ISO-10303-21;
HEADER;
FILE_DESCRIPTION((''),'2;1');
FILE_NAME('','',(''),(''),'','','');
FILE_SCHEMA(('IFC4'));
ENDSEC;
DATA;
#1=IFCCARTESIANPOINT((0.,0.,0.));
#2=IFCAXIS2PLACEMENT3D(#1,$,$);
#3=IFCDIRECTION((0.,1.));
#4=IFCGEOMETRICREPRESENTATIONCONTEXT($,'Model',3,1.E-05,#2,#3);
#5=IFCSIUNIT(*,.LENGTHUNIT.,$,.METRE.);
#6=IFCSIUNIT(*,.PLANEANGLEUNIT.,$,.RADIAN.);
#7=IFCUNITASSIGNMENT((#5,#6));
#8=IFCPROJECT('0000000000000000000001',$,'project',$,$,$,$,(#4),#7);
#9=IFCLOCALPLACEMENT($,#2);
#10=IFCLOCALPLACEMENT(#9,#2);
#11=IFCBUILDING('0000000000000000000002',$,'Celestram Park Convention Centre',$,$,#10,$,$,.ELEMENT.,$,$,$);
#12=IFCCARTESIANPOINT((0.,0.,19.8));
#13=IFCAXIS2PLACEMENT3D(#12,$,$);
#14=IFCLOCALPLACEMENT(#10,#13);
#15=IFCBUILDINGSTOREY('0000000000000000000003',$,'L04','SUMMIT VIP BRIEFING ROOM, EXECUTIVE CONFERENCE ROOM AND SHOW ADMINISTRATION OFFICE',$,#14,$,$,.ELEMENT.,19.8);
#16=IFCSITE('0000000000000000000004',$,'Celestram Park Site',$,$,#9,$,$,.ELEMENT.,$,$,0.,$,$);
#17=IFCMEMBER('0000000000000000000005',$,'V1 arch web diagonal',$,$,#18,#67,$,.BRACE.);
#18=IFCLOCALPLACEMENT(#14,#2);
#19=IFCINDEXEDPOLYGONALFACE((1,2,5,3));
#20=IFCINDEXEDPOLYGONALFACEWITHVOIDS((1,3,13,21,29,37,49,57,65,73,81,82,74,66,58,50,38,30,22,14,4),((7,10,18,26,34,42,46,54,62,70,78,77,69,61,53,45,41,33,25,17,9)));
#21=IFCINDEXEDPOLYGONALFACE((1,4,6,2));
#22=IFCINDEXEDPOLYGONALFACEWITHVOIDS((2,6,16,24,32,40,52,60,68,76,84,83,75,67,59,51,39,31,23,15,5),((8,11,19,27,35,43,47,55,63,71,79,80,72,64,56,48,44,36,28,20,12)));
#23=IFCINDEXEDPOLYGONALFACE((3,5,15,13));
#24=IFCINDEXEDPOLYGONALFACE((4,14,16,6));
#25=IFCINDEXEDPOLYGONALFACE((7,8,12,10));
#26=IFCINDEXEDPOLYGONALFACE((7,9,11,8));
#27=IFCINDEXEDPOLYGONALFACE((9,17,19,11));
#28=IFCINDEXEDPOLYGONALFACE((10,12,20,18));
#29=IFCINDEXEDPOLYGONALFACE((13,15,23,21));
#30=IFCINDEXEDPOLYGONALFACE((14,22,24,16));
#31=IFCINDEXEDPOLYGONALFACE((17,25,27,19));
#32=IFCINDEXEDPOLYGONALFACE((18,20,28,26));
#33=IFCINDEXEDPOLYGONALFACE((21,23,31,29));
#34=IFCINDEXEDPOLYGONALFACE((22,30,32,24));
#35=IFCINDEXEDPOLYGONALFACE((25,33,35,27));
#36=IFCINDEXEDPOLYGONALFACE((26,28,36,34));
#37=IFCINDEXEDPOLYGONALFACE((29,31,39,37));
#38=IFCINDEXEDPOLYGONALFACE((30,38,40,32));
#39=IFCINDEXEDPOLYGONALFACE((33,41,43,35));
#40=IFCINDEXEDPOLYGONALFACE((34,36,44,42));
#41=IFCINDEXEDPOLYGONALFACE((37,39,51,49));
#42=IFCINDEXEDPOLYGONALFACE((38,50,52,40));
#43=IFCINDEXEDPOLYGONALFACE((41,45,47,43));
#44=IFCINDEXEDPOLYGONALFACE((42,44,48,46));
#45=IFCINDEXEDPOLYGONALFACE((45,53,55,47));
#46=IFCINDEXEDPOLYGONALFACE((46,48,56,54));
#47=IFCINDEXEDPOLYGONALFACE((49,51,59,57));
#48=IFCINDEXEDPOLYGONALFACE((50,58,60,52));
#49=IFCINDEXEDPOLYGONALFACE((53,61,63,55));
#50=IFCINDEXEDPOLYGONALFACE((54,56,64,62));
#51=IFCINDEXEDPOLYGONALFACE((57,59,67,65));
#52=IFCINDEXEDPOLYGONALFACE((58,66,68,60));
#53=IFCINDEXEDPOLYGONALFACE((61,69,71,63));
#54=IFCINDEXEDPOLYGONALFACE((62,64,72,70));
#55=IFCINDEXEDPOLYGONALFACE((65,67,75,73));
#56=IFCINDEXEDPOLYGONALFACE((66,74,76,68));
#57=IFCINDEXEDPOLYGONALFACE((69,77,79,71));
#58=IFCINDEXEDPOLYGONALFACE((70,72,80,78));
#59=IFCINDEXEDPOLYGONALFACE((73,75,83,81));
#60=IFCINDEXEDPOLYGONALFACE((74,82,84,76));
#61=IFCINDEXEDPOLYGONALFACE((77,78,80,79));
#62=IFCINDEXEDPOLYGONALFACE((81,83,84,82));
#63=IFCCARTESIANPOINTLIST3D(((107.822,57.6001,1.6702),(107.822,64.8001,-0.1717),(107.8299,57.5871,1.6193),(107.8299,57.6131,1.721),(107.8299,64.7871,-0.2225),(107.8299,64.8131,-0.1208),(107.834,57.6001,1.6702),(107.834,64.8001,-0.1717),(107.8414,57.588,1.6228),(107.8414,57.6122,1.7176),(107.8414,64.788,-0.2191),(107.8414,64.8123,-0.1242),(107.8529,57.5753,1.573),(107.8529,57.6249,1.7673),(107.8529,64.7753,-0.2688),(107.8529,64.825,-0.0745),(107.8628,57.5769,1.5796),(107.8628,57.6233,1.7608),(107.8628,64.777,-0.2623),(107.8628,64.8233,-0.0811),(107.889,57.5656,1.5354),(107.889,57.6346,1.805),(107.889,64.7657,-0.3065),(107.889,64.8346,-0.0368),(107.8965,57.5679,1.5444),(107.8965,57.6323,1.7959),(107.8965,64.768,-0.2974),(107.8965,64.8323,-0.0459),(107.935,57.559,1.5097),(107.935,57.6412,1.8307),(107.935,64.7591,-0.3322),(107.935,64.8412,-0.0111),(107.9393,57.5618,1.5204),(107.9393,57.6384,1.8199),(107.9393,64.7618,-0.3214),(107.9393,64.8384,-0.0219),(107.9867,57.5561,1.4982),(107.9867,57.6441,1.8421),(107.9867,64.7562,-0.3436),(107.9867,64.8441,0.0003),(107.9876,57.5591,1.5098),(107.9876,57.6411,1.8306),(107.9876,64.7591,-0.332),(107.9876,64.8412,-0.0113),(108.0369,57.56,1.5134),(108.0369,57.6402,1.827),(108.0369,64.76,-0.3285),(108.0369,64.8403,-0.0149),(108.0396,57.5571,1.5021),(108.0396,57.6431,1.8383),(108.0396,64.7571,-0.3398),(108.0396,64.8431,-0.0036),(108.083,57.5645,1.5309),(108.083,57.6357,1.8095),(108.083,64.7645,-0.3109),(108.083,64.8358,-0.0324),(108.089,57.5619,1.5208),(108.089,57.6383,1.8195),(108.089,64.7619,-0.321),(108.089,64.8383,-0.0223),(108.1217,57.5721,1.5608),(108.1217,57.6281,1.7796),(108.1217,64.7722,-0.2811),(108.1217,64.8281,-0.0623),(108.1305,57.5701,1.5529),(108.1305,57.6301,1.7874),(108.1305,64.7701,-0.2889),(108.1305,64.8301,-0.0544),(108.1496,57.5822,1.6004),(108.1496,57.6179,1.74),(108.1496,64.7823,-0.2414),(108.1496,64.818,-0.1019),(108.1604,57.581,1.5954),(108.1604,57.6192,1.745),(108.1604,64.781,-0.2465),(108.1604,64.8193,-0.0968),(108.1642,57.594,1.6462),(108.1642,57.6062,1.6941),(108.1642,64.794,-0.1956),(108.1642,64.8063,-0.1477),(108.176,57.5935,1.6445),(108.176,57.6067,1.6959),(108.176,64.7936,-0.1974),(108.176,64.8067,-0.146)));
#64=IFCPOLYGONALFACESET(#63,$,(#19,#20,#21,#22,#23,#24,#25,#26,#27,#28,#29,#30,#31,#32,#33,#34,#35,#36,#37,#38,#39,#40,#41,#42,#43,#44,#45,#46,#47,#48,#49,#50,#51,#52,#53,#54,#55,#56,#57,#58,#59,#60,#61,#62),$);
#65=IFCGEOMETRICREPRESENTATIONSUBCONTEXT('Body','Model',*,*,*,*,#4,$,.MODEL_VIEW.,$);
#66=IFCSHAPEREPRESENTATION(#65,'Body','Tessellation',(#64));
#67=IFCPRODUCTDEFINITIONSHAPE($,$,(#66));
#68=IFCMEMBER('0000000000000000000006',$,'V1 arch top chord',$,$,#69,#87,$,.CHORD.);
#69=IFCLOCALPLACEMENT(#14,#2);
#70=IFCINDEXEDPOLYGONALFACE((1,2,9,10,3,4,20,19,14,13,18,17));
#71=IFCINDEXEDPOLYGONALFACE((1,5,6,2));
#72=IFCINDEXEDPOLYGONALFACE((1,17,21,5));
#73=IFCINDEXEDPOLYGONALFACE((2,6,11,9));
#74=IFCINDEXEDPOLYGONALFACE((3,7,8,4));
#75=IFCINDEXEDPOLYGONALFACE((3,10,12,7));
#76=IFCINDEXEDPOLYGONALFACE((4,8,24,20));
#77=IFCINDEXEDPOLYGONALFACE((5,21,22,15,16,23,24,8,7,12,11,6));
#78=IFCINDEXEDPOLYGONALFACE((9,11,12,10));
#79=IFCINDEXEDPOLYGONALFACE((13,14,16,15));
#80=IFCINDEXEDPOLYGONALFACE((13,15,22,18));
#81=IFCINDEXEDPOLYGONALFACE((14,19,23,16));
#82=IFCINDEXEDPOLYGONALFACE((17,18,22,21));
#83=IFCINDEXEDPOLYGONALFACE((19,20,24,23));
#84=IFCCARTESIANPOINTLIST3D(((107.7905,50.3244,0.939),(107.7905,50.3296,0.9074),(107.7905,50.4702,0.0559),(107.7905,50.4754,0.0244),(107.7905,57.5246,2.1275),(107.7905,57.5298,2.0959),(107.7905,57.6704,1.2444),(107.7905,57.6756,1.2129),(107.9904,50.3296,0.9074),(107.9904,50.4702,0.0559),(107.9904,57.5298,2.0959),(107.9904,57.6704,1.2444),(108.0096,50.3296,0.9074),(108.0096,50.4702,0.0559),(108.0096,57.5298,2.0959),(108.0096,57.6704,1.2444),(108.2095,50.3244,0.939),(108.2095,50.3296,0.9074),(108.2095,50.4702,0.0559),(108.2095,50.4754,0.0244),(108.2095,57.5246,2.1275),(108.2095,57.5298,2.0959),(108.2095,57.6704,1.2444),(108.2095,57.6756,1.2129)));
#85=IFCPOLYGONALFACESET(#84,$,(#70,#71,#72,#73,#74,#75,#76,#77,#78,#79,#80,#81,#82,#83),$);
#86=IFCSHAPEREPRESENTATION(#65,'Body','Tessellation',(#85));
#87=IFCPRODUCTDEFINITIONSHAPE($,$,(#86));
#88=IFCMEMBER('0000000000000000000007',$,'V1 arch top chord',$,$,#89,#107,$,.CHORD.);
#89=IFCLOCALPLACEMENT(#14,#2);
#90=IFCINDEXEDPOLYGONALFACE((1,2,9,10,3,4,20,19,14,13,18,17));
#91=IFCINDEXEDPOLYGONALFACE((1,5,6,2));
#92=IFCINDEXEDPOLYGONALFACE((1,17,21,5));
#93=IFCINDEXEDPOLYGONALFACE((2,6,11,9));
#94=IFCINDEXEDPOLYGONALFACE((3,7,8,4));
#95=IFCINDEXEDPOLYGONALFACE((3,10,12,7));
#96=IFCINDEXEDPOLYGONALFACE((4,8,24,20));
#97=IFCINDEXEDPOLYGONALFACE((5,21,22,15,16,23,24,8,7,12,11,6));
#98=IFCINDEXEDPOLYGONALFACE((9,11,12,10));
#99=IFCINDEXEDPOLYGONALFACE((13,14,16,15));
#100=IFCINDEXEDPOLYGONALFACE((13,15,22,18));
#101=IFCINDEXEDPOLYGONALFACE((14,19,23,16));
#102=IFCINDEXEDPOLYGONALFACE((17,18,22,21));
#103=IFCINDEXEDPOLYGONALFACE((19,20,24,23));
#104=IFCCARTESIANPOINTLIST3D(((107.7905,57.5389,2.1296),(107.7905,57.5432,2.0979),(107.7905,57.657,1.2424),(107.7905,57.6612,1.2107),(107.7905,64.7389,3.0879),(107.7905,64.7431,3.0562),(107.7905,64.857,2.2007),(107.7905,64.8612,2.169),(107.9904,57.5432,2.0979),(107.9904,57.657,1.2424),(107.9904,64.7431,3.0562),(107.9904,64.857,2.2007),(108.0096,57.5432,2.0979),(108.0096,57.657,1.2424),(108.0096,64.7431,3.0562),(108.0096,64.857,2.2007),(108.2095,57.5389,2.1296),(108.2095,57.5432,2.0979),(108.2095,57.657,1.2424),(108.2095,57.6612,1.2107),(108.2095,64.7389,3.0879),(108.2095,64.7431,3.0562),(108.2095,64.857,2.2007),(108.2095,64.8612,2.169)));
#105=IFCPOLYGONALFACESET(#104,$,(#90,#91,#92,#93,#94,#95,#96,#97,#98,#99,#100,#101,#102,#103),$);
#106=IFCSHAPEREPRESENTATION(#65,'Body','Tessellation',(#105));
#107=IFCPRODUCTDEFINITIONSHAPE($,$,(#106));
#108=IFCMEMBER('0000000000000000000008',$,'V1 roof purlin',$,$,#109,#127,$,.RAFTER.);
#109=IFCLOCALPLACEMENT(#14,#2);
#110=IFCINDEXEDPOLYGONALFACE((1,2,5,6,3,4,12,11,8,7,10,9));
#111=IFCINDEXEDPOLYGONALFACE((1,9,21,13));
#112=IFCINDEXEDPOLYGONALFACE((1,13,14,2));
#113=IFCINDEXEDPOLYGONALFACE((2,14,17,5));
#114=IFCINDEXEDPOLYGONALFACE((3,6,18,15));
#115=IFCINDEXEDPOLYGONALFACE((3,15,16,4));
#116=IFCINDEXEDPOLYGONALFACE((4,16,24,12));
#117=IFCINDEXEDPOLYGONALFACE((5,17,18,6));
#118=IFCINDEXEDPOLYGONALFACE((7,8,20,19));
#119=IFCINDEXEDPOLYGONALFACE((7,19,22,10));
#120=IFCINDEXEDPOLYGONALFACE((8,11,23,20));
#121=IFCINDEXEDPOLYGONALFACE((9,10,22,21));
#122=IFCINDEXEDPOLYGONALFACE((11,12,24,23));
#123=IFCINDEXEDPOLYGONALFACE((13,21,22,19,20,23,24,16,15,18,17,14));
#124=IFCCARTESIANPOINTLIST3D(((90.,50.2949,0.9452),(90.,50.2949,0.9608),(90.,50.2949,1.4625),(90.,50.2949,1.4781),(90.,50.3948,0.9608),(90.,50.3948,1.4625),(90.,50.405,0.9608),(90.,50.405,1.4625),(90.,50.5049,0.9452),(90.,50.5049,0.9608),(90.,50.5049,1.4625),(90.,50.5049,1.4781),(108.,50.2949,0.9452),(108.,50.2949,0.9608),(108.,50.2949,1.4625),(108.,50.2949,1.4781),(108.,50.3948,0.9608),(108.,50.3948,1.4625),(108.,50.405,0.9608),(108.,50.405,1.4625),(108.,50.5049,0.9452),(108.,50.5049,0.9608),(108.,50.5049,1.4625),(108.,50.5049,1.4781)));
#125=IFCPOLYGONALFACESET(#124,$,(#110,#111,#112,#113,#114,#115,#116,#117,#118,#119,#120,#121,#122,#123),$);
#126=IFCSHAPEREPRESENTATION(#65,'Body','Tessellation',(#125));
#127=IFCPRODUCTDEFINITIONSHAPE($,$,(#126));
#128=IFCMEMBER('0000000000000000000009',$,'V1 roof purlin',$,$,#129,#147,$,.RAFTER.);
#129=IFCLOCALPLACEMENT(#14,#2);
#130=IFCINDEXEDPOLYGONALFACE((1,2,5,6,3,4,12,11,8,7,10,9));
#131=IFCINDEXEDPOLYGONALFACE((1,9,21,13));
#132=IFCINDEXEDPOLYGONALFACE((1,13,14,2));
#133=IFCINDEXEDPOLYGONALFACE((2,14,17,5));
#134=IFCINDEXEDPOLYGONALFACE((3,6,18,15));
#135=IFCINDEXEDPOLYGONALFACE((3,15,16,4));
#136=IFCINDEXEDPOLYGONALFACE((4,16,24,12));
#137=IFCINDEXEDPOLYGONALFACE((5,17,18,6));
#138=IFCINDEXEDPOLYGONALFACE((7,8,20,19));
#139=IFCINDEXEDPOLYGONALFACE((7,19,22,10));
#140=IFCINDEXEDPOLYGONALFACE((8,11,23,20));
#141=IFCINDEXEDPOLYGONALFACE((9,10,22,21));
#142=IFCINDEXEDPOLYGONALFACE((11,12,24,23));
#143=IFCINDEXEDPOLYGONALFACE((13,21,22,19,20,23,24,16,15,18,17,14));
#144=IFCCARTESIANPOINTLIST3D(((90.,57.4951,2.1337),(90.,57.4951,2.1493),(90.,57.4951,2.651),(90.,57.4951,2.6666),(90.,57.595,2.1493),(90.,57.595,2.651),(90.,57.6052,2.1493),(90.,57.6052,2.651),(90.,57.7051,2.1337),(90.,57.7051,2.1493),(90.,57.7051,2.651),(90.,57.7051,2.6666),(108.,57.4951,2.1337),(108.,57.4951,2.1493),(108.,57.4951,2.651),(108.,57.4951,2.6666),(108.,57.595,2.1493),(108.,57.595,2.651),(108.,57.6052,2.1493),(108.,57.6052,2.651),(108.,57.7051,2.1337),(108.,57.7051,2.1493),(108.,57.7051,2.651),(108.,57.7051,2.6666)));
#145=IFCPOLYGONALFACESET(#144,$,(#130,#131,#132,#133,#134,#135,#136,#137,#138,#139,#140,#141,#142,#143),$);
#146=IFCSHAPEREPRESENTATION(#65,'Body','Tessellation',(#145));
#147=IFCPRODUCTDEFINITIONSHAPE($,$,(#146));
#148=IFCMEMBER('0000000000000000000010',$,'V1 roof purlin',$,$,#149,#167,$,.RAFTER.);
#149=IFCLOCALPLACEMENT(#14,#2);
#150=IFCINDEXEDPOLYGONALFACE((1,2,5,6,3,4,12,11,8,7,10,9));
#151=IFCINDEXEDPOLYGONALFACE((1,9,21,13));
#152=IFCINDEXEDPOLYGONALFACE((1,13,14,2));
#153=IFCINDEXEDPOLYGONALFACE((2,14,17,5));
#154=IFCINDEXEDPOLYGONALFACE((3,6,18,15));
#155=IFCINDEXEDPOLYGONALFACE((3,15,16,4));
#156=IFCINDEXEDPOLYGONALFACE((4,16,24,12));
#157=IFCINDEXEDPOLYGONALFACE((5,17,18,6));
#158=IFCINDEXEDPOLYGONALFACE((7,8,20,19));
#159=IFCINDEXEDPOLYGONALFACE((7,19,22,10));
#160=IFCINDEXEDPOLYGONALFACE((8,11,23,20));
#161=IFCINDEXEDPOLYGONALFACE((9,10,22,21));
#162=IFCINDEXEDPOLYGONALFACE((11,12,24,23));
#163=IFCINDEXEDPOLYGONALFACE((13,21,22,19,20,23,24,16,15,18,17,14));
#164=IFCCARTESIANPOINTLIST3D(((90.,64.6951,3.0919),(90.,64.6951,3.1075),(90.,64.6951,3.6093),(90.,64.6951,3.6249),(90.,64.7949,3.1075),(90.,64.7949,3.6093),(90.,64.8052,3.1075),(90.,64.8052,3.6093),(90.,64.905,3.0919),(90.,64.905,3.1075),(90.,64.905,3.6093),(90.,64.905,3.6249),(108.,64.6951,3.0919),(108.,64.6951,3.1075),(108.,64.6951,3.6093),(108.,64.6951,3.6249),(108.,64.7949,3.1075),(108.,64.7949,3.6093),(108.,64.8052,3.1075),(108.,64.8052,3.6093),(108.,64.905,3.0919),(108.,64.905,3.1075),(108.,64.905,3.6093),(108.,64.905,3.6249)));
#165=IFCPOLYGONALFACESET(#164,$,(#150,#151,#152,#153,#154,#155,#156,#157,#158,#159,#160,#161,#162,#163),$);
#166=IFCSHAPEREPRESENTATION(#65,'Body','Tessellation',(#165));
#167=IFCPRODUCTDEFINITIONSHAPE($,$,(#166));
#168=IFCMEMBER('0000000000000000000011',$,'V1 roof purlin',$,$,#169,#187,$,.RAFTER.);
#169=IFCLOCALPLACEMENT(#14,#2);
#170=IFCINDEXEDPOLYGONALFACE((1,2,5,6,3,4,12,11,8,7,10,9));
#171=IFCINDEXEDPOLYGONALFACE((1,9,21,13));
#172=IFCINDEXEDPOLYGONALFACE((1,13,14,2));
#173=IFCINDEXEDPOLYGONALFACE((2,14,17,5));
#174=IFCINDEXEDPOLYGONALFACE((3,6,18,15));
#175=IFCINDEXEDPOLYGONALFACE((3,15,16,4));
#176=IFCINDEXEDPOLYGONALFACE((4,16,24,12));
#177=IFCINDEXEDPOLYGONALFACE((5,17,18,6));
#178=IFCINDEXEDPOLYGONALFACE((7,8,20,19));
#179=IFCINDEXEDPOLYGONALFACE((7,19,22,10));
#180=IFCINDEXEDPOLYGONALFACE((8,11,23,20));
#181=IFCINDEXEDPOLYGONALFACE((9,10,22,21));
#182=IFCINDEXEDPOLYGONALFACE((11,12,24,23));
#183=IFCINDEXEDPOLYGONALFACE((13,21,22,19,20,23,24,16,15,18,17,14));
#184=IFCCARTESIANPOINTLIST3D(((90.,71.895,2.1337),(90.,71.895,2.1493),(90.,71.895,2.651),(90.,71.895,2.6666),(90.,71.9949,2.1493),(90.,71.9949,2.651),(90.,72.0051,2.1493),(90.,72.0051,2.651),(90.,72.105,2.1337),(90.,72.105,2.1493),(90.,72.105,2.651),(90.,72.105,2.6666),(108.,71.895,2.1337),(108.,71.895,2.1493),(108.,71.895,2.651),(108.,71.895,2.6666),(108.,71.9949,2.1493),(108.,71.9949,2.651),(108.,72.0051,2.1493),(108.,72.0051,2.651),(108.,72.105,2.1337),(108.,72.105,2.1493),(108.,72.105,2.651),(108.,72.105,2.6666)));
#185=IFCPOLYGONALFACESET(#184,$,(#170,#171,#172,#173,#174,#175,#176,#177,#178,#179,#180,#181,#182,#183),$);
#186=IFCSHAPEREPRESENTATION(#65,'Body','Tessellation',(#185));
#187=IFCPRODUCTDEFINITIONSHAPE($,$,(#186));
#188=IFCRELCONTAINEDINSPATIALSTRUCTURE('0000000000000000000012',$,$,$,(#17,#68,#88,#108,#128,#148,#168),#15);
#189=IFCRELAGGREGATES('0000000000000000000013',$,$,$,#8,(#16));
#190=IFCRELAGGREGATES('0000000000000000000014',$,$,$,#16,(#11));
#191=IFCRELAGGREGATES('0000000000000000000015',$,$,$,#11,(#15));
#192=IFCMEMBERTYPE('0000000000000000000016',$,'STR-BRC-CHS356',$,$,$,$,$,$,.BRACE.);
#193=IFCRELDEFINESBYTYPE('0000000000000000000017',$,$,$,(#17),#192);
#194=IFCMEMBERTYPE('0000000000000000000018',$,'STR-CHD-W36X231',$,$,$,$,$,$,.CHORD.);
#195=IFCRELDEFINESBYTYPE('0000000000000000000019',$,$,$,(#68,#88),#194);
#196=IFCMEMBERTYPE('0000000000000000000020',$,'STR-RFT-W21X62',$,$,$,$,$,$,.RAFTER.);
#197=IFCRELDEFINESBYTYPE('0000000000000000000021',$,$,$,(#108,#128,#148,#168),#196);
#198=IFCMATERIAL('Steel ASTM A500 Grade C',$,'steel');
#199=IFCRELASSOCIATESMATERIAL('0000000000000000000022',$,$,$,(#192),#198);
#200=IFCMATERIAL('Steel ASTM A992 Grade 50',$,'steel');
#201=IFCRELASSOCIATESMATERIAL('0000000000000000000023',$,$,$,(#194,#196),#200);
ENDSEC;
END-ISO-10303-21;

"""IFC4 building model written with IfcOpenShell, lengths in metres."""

from ifc_helpers import new_model, si_unit, direction, frame, origin, origin_2d, place, context, subcontext, project, spatial, hollow_circle, i_section, extrude, material, material_profile, profile_set, type_object, element, save


model = new_model("IFC4")

# Units and contexts
model_context = context("Model", 3, precision=1e-05, world=origin(), true_north=direction((0.0, 1.0)))
body_context = subcontext(model_context, "Body", "Model", "MODEL_VIEW")
ifc_project = project(units=[si_unit("LENGTHUNIT", "METRE"), si_unit("PLANEANGLEUNIT", "RADIAN")], contexts=[model_context])

# Site, building, storey
site_placement = place(None, origin())
site = spatial("IfcSite", under=ifc_project, at=site_placement, Name="Celestram Park Site", CompositionType="ELEMENT", RefElevation=0.0)
building_placement = place(site_placement, origin())
building = spatial("IfcBuilding", under=site, at=building_placement, Name="Celestram Park Convention Centre", CompositionType="ELEMENT")
storey_placement = place(building_placement, frame((0.0, 0.0, 19.8)))
storey = spatial("IfcBuildingStorey", under=building, at=storey_placement, Name="L04", Description="SUMMIT VIP BRIEFING ROOM, EXECUTIVE CONFERENCE ROOM AND SHOW ADMINISTRATION OFFICE", CompositionType="ELEMENT", Elevation=19.8)

# Members
ifc_material_1 = material(Name="Steel ASTM A500 Grade C", Category="steel")
ifc_material_profile_1 = material_profile(ifc_material_1, hollow_circle(Radius=0.178, WallThickness=0.012, at=origin_2d()), Name="CHS356X12")
ifc_profile_set_1 = profile_set([ifc_material_profile_1], Name="Steel ASTM A500 Grade C")
member_type_1 = type_object("IfcMemberType", Name="STR-BRC-CHS356", PredefinedType="BRACE", material=ifc_profile_set_1)
member_1_placement = place(storey_placement, frame((108.0, 57.6001, 1.6702), z_axis=(0.0, 0.968804, -0.247827), x_axis=(-1.0, 0.0, 0.0)))
element("IfcMember", 1, at=member_1_placement, inside=storey, type_object=member_type_1, Name="V1 arch web diagonal", PredefinedType="BRACE", context=body_context, shape_type="SweptSolid", body=[
    extrude(hollow_circle(Radius=0.178, WallThickness=0.012, at=origin_2d()), origin(), (0.0, 0.0, 1.0), 7.4319),
])
ifc_material_2 = material(Name="Steel ASTM A992 Grade 50", Category="steel")
ifc_material_profile_2 = material_profile(ifc_material_2, i_section(OverallWidth=0.4189, OverallDepth=0.927, WebThickness=0.0193, FlangeThickness=0.032, at=origin_2d()), Name="W36X231")
ifc_profile_set_2 = profile_set([ifc_material_profile_2], Name="Steel ASTM A992 Grade 50")
member_type_2 = type_object("IfcMemberType", Name="STR-CHD-W36X231", PredefinedType="CHORD", material=ifc_profile_set_2)
member_2_placement = place(storey_placement, frame((108.0, 50.3999, 0.4817), z_axis=(0.0, 0.98665, 0.162858), x_axis=(-1.0, 0.0, 0.0)))
element("IfcMember", 2, at=member_2_placement, inside=storey, type_object=member_type_2, Name="V1 arch top chord", PredefinedType="CHORD", context=body_context, shape_type="SweptSolid", body=[
    extrude(i_section(OverallWidth=0.4189, OverallDepth=0.927, WebThickness=0.0193, FlangeThickness=0.032, at=origin_2d()), origin(), (0.0, 0.0, 1.0), 7.2976),
])
member_3_placement = place(storey_placement, frame((108.0, 57.6001, 1.6702), z_axis=(0.0, 0.991259, 0.131928), x_axis=(-1.0, 0.0, 0.0)))
element("IfcMember", 3, at=member_3_placement, inside=storey, type_object=member_type_2, Name="V1 arch top chord", PredefinedType="CHORD", context=body_context, shape_type="SweptSolid", body=[
    extrude(i_section(OverallWidth=0.4189, OverallDepth=0.927, WebThickness=0.0193, FlangeThickness=0.032, at=origin_2d()), origin(), (0.0, 0.0, 1.0), 7.2634),
])
ifc_material_profile_3 = material_profile(ifc_material_2, i_section(OverallWidth=0.21, OverallDepth=0.533, WebThickness=0.0103, FlangeThickness=0.0156, at=origin_2d()), Name="W21X62")
ifc_profile_set_3 = profile_set([ifc_material_profile_3], Name="Steel ASTM A992 Grade 50")
member_type_3 = type_object("IfcMemberType", Name="STR-RFT-W21X62", PredefinedType="RAFTER", material=ifc_profile_set_3)
for number, where, z_axis, x_axis, name in (
    (4, (90.0, 50.3999, 1.2117), (1.0, 0.0, 0.0), (0.0, 1.0, 0.0), "V1 roof purlin"),
    (5, (90.0, 57.6001, 2.4001), (1.0, 0.0, 0.0), (0.0, 1.0, 0.0), "V1 roof purlin"),
    (6, (90.0, 64.8, 3.3584), (1.0, 0.0, 0.0), (0.0, 1.0, 0.0), "V1 roof purlin"),
    (7, (90.0, 72.0, 2.4001), (1.0, 0.0, 0.0), (0.0, 1.0, 0.0), "V1 roof purlin"),
):
    element("IfcMember", number, at=place(storey_placement, frame(where, z_axis=z_axis, x_axis=x_axis)), inside=storey, type_object=member_type_3, Name=name, PredefinedType="RAFTER", context=body_context, shape_type="SweptSolid", body=[
        extrude(i_section(OverallWidth=0.21, OverallDepth=0.533, WebThickness=0.0103, FlangeThickness=0.0156, at=origin_2d()), origin(), (0.0, 0.0, 1.0), 18.0),
    ])

save(model, "model.ifc")
